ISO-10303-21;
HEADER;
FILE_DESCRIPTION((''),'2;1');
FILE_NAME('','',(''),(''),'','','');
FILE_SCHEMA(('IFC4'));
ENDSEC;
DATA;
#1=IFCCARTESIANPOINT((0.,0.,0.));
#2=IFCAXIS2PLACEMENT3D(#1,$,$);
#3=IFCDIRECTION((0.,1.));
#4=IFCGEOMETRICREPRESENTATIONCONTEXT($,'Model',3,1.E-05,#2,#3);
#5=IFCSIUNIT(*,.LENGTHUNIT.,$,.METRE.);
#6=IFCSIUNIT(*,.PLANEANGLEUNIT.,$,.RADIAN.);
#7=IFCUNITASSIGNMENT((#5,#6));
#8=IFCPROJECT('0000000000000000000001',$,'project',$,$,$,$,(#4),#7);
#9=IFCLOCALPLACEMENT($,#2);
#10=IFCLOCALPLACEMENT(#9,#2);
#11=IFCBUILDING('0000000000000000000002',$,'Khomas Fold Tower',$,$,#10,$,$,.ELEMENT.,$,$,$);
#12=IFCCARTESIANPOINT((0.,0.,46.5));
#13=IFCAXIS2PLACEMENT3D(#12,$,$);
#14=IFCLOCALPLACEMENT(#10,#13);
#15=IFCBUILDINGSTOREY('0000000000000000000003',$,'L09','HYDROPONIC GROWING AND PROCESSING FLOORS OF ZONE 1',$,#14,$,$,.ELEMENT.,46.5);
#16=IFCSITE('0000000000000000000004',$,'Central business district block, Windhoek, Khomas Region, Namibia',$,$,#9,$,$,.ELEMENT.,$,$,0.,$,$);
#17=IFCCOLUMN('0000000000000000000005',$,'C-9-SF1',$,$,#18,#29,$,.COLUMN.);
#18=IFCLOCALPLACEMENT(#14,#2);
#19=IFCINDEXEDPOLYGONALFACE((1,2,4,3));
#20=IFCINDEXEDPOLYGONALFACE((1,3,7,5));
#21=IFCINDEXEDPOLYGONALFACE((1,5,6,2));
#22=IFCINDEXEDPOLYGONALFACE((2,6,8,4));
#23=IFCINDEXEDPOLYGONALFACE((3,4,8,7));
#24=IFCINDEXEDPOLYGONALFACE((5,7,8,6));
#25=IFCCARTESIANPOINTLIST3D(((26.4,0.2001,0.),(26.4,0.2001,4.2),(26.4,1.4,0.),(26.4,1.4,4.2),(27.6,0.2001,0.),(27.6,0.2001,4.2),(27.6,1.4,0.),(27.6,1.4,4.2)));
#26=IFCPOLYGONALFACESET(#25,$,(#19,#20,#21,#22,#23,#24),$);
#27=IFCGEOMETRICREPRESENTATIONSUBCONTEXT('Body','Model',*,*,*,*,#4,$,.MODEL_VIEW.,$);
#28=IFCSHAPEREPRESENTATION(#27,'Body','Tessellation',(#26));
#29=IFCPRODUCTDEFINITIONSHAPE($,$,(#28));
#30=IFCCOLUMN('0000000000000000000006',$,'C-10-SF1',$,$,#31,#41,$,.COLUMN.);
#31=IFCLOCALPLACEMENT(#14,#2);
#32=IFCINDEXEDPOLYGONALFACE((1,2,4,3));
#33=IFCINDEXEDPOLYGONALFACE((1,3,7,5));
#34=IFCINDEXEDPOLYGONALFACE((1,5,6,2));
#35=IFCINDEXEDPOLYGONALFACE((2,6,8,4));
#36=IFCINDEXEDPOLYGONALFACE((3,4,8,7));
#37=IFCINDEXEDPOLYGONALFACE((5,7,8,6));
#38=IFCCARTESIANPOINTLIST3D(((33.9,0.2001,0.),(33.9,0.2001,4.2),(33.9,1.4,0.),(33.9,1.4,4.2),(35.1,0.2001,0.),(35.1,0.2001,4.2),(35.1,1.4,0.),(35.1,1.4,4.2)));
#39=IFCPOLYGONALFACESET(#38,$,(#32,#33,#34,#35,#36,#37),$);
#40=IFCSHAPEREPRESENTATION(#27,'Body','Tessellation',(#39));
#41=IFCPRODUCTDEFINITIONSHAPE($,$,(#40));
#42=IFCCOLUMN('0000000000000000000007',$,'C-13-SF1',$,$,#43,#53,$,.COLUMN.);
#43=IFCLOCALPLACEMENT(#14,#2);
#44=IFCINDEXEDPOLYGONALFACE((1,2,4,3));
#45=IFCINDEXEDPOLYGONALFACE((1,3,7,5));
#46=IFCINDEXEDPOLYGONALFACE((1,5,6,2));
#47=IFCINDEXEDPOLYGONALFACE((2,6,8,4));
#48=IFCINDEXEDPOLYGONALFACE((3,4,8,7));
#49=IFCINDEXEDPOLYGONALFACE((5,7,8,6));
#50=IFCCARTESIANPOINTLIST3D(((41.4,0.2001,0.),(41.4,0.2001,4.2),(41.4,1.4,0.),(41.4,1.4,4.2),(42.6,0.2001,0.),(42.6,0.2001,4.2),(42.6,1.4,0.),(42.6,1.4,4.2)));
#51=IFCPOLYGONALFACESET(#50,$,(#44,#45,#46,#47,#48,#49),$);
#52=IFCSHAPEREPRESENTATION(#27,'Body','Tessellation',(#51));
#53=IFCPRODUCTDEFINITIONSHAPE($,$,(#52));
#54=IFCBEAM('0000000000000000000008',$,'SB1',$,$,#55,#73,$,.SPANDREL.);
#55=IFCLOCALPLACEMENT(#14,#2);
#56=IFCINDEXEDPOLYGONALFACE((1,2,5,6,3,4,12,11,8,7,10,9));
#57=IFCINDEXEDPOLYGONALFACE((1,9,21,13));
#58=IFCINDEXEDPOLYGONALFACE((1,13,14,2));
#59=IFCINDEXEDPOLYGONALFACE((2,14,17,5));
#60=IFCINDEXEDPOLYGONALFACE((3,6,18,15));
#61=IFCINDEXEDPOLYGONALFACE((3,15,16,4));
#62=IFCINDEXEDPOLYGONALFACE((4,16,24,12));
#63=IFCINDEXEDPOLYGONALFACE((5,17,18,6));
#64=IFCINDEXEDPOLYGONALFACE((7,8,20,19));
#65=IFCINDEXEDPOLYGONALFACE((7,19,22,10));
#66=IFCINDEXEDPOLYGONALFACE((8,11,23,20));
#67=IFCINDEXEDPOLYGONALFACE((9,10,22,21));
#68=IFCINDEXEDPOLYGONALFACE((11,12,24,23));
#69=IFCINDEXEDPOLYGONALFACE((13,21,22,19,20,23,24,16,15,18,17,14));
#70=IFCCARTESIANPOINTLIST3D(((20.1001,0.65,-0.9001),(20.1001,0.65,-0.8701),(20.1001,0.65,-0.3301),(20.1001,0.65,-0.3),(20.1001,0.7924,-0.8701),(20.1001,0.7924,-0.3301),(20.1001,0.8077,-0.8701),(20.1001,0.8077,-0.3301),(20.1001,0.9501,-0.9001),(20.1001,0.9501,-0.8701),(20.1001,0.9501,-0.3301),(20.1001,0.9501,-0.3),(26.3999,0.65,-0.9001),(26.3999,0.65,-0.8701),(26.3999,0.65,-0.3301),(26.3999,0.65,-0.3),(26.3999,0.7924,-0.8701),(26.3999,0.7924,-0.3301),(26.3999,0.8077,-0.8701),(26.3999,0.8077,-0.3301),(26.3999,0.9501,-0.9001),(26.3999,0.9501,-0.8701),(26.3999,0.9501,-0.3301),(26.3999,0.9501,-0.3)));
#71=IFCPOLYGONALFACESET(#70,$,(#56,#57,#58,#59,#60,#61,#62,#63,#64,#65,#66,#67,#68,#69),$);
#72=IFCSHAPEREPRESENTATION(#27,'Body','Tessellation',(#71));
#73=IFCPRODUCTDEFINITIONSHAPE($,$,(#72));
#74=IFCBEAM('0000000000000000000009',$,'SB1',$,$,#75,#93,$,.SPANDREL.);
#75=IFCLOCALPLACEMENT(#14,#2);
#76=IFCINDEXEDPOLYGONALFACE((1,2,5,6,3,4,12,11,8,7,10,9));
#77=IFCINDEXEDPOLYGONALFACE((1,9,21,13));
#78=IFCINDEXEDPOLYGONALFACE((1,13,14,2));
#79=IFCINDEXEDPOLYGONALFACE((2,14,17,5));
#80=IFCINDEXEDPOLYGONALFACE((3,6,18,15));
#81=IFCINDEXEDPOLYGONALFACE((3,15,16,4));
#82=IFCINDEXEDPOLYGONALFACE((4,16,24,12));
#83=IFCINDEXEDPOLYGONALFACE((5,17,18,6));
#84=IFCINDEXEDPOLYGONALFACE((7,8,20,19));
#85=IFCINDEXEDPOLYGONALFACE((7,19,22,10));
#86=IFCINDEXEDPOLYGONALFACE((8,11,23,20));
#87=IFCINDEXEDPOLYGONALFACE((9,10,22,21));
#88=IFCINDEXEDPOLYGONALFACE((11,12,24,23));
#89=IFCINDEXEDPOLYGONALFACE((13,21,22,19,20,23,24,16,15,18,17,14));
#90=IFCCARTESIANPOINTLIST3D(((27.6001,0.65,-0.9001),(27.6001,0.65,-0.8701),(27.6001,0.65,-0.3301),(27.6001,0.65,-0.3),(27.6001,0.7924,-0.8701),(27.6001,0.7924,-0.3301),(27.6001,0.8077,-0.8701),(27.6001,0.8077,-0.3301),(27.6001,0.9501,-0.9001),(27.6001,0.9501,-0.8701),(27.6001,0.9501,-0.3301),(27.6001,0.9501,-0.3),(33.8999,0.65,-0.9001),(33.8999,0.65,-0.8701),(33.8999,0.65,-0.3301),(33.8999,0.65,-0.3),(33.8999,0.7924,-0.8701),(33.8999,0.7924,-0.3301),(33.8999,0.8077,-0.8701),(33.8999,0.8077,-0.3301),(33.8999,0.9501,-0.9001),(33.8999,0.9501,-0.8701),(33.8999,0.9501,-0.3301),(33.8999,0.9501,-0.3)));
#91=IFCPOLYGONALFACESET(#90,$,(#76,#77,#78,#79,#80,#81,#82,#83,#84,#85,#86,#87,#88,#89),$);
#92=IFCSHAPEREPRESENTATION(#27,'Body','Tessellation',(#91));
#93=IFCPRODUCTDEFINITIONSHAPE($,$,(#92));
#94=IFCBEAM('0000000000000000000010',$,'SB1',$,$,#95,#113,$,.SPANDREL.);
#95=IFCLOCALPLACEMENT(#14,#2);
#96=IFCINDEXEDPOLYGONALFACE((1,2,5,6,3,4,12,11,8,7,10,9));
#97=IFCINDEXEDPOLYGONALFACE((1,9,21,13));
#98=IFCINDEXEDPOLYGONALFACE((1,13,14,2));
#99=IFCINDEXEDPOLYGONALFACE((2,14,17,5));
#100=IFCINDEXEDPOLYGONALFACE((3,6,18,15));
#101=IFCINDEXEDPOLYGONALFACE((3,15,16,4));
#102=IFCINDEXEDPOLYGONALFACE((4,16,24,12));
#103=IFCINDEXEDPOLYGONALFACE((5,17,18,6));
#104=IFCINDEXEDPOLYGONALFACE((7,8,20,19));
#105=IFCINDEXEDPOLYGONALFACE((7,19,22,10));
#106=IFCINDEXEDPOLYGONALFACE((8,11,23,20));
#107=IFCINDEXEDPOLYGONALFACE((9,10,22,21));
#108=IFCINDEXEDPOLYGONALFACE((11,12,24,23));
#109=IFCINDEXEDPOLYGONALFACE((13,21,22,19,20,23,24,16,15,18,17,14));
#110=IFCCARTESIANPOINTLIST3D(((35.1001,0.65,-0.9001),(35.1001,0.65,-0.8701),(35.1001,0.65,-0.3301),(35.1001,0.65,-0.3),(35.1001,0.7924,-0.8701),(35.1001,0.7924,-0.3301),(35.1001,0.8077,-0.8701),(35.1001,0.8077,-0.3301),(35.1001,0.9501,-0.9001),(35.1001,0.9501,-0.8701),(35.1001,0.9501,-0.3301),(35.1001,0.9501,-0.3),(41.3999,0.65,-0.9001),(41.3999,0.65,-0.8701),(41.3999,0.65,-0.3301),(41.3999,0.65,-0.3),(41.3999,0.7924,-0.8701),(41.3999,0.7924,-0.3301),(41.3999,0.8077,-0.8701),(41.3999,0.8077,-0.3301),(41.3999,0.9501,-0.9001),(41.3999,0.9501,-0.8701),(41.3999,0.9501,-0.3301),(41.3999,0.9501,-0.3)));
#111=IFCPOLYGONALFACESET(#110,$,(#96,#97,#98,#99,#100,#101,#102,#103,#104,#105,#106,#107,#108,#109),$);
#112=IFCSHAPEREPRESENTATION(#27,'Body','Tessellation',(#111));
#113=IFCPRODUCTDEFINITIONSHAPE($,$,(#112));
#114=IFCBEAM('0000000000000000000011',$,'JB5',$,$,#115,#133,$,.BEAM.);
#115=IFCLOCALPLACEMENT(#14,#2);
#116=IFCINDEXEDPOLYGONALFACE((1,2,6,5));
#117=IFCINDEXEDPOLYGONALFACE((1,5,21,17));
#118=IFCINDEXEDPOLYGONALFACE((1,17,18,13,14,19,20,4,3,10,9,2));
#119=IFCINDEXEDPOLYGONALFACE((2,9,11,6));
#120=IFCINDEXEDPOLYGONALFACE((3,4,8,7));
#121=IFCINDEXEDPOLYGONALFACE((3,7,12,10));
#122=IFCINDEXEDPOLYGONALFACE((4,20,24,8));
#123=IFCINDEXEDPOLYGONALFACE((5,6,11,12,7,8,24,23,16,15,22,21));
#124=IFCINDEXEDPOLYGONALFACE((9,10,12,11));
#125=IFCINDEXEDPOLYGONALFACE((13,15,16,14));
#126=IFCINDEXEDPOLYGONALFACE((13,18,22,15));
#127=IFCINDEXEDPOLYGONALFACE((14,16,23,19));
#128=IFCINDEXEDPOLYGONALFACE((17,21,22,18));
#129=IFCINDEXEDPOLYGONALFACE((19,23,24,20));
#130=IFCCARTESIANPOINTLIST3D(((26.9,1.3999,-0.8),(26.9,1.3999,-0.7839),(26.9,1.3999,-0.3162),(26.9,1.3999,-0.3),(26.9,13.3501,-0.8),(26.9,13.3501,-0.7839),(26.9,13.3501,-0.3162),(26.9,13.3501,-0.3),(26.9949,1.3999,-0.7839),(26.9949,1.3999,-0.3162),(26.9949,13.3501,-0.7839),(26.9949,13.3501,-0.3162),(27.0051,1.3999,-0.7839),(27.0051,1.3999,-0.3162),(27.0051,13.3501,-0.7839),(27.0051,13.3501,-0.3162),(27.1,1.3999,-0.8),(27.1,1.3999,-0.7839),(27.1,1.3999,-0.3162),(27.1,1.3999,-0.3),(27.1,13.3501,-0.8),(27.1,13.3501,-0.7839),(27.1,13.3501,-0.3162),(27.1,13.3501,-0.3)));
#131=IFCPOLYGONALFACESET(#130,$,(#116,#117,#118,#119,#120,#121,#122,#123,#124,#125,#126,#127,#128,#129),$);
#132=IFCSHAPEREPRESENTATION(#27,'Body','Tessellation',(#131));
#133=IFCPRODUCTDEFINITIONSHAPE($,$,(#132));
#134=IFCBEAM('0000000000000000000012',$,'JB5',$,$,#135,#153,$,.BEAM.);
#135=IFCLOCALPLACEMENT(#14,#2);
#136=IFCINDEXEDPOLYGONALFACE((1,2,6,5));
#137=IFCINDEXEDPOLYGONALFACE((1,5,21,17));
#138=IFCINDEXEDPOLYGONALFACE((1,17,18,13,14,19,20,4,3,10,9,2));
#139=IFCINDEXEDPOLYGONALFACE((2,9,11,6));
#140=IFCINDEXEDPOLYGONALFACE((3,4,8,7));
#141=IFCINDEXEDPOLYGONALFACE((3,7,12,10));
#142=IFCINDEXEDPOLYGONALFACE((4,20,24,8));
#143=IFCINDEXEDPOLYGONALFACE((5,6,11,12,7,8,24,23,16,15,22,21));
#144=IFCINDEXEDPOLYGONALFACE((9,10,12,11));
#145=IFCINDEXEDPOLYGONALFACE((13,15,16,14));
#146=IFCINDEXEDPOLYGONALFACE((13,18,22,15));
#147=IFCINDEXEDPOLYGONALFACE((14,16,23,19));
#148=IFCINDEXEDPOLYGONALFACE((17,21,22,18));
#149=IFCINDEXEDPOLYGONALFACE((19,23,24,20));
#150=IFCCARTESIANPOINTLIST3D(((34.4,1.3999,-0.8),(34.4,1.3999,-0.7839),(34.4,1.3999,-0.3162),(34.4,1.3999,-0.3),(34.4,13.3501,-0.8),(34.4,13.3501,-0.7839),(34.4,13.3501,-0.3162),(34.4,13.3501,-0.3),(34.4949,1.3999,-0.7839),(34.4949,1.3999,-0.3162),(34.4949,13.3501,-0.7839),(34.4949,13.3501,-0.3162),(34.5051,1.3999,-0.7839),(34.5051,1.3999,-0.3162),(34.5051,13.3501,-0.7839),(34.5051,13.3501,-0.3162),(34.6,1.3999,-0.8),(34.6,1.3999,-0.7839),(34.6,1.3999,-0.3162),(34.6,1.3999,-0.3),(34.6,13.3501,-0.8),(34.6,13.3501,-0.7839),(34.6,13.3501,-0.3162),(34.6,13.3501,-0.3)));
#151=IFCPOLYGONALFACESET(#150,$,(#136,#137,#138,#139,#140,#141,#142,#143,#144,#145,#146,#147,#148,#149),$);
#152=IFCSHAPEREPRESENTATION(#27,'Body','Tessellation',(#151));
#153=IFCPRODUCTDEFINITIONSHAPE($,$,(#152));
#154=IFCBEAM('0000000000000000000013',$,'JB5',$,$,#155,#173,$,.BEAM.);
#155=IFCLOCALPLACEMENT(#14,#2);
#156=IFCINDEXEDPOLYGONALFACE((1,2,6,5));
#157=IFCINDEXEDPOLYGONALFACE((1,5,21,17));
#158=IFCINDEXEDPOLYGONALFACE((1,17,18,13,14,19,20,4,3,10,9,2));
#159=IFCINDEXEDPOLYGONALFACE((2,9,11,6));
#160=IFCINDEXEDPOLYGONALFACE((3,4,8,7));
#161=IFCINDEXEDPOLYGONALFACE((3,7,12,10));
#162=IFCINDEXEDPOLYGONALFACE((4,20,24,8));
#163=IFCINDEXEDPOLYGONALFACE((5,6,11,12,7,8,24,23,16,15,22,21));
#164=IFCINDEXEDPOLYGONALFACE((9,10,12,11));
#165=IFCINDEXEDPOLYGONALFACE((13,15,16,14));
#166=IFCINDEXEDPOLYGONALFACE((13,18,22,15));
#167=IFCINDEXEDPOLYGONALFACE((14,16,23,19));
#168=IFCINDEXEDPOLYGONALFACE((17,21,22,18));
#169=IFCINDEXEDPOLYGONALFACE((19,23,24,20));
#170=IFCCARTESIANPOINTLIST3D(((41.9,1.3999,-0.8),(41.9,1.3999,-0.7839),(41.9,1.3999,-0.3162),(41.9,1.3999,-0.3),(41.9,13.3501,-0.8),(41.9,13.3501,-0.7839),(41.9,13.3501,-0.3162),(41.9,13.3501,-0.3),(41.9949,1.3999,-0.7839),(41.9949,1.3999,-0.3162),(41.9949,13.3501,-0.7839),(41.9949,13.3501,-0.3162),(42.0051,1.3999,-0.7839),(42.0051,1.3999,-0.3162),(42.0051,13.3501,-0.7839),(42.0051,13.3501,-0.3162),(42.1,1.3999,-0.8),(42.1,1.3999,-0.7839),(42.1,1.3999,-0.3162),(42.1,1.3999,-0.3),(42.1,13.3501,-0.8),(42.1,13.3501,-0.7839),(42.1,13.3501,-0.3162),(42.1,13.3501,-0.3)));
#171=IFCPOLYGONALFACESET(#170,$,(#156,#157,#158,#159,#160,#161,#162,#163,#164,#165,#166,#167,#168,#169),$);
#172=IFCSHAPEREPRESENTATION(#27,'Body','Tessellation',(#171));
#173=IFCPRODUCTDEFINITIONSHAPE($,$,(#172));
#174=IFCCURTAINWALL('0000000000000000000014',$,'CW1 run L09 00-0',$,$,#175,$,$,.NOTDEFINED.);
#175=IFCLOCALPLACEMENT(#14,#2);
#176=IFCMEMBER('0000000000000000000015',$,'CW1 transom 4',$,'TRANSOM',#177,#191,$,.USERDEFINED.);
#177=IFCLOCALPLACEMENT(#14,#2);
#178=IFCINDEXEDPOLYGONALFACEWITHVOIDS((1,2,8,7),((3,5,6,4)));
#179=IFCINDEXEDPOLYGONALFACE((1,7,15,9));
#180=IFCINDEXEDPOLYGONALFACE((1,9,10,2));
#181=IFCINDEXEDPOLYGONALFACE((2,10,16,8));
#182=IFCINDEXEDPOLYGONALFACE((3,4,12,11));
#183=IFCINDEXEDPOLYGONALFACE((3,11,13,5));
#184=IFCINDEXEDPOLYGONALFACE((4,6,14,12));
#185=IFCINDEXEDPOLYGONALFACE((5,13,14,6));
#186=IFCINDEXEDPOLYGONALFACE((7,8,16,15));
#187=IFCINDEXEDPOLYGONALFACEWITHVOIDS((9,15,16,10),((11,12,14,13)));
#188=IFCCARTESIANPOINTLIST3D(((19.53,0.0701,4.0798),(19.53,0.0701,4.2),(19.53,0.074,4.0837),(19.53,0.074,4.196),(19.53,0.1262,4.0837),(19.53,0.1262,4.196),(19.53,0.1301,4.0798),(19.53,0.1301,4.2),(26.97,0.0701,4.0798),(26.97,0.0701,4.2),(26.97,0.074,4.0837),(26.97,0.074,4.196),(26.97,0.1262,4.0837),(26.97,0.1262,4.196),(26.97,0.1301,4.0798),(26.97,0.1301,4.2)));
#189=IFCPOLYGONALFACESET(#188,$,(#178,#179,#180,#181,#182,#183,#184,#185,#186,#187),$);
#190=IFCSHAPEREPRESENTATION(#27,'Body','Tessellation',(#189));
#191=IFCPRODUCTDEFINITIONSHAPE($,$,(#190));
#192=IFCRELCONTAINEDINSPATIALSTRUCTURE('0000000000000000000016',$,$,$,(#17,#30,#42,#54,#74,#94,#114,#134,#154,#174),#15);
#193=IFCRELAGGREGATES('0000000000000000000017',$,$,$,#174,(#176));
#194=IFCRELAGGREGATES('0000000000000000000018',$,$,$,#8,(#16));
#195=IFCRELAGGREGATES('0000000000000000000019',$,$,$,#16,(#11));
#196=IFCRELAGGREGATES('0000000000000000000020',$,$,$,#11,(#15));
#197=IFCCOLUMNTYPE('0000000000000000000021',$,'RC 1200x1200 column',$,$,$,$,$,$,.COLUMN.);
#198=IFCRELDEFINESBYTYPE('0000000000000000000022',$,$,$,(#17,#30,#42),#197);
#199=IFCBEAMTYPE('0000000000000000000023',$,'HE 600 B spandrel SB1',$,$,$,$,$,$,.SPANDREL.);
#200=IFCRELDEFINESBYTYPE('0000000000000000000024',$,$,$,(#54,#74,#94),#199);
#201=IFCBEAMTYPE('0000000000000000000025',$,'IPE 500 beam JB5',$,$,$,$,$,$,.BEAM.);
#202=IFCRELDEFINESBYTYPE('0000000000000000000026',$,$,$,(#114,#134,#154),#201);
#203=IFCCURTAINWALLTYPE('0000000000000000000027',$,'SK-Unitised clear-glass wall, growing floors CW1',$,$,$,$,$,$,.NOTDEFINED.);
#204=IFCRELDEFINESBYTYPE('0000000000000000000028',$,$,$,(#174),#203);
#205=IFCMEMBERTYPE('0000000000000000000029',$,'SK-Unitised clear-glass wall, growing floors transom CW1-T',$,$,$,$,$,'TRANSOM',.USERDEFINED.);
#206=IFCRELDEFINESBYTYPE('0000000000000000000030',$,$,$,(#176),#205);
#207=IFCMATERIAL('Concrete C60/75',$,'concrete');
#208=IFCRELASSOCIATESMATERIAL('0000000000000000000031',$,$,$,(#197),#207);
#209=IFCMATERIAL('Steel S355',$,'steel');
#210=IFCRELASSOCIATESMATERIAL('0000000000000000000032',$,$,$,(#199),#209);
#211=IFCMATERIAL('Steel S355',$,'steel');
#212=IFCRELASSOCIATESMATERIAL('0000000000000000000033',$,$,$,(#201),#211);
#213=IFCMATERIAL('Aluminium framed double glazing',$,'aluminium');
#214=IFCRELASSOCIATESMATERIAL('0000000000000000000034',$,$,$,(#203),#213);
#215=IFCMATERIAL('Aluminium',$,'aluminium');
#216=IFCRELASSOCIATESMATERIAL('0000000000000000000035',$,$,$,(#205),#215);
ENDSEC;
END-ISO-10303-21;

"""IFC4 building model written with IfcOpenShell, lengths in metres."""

from ifc_helpers import new_model, si_unit, direction, frame, origin, origin_2d, place, context, subcontext, project, spatial, rectangle, hollow_rectangle, i_section, extrude, source, transform, mapped, material, material_profile, profile_set, type_object, element, aggregate, save


model = new_model("IFC4")

# Units and contexts
model_context = context("Model", 3, precision=1e-05, world=origin(), true_north=direction((0.0, 1.0)))
body_context = subcontext(model_context, "Body", "Model", "MODEL_VIEW")
ifc_project = project(units=[si_unit("LENGTHUNIT", "METRE"), si_unit("PLANEANGLEUNIT", "RADIAN")], contexts=[model_context])

# Site, building, storey
site_placement = place(None, origin())
site = spatial("IfcSite", under=ifc_project, at=site_placement, Name="Central business district block, Windhoek, Khomas Region, Namibia", CompositionType="ELEMENT", RefElevation=0.0)
building_placement = place(site_placement, origin())
building = spatial("IfcBuilding", under=site, at=building_placement, Name="Khomas Fold Tower", CompositionType="ELEMENT")
storey_placement = place(building_placement, frame((0.0, 0.0, 46.5)))
storey = spatial("IfcBuildingStorey", under=building, at=storey_placement, Name="L09", Description="HYDROPONIC GROWING AND PROCESSING FLOORS OF ZONE 1", CompositionType="ELEMENT", Elevation=46.5)

# Columns
ifc_material_1 = material(Name="Concrete C60/75", Category="concrete")
ifc_material_profile_1 = material_profile(ifc_material_1, rectangle(XDim=1.2, YDim=1.2, at=origin_2d()), Name="RC 1200x1200")
ifc_profile_set_1 = profile_set([ifc_material_profile_1], Name="Concrete C60/75")
column_type = type_object("IfcColumnType", Name="RC 1200x1200 column", PredefinedType="COLUMN", material=ifc_profile_set_1)
shared_shape_1 = source(origin(), body_context, "Body", "SweptSolid", [
    extrude(rectangle(XDim=1.2, YDim=1.2, at=origin_2d()), origin(), (0.0, 0.0, 1.0), 4.2),
])
for number, where, z_axis, x_axis, name in (
    (1, (27.0, 0.8, 0.0), (0.0, 0.0, 1.0), (1.0, 0.0, 0.0), "C-9-SF1"),
    (2, (34.5, 0.8, 0.0), (0.0, 0.0, 1.0), (1.0, 0.0, 0.0), "C-10-SF1"),
    (3, (42.0, 0.8, 0.0), (0.0, 0.0, 1.0), (1.0, 0.0, 0.0), "C-13-SF1"),
):
    element("IfcColumn", number, at=place(storey_placement, frame(where, z_axis=z_axis, x_axis=x_axis)), inside=storey, type_object=column_type, Name=name, PredefinedType="COLUMN", context=body_context, shape_type="MappedRepresentation", body=[
        mapped(shared_shape_1, transform((0.0, 0.0, 0.0))),
    ])

# Beams
ifc_material_2 = material(Name="Steel S355", Category="steel")
ifc_material_profile_2 = material_profile(ifc_material_2, i_section(OverallWidth=0.3, OverallDepth=0.6001, WebThickness=0.0154, FlangeThickness=0.03, at=origin_2d()), Name="HE 600 B")
ifc_profile_set_2 = profile_set([ifc_material_profile_2], Name="Steel S355")
beam_type_1 = type_object("IfcBeamType", Name="HE 600 B spandrel SB1", PredefinedType="SPANDREL", material=ifc_profile_set_2)
shared_shape_2 = source(origin(), body_context, "Body", "SweptSolid", [
    extrude(i_section(OverallWidth=0.3, OverallDepth=0.6001, WebThickness=0.0154, FlangeThickness=0.03, at=origin_2d()), origin(), (0.0, 0.0, 1.0), 6.2998),
])
for number, where, z_axis, x_axis, name in (
    (4, (20.1001, 0.8, -0.6001), (1.0, 0.0, 0.0), (0.0, 1.0, 0.0), "SB1"),
    (5, (27.6001, 0.8, -0.6001), (1.0, 0.0, 0.0), (0.0, 1.0, 0.0), "SB1"),
    (6, (35.1001, 0.8, -0.6001), (1.0, 0.0, 0.0), (0.0, 1.0, 0.0), "SB1"),
):
    element("IfcBeam", number, at=place(storey_placement, frame(where, z_axis=z_axis, x_axis=x_axis)), inside=storey, type_object=beam_type_1, Name=name, PredefinedType="SPANDREL", context=body_context, shape_type="MappedRepresentation", body=[
        mapped(shared_shape_2, transform((0.0, 0.0, 0.0))),
    ])
ifc_material_3 = material(Name="Steel S355", Category="steel")
ifc_material_profile_3 = material_profile(ifc_material_3, i_section(OverallWidth=0.2, OverallDepth=0.5, WebThickness=0.0103, FlangeThickness=0.0161, at=origin_2d()), Name="IPE 500")
ifc_profile_set_3 = profile_set([ifc_material_profile_3], Name="Steel S355")
beam_type_2 = type_object("IfcBeamType", Name="IPE 500 beam JB5", PredefinedType="BEAM", material=ifc_profile_set_3)
shared_shape_3 = source(origin(), body_context, "Body", "SweptSolid", [
    extrude(i_section(OverallWidth=0.2, OverallDepth=0.5, WebThickness=0.0103, FlangeThickness=0.0161, at=origin_2d()), origin(), (0.0, 0.0, 1.0), 11.9502),
])
for number, where, z_axis, x_axis, name in (
    (7, (27.0, 1.3999, -0.55), (0.0, 1.0, 0.0), (-1.0, 0.0, 0.0), "JB5"),
    (8, (34.5, 1.3999, -0.55), (0.0, 1.0, 0.0), (-1.0, 0.0, 0.0), "JB5"),
    (9, (42.0, 1.3999, -0.55), (0.0, 1.0, 0.0), (-1.0, 0.0, 0.0), "JB5"),
):
    element("IfcBeam", number, at=place(storey_placement, frame(where, z_axis=z_axis, x_axis=x_axis)), inside=storey, type_object=beam_type_2, Name=name, PredefinedType="BEAM", context=body_context, shape_type="MappedRepresentation", body=[
        mapped(shared_shape_3, transform((0.0, 0.0, 0.0))),
    ])

# Curtain wall, member
ifc_material_4 = material(Name="Aluminium framed double glazing", Category="aluminium")
curtain_wall_type = type_object("IfcCurtainWallType", Name="SK-Unitised clear-glass wall, growing floors CW1", PredefinedType="NOTDEFINED", material=ifc_material_4)
curtain_wall_placement = place(storey_placement, origin())
curtain_wall = element("IfcCurtainWall", 10, at=curtain_wall_placement, inside=storey, type_object=curtain_wall_type, Name="CW1 run L09 00-0", PredefinedType="NOTDEFINED")
ifc_material_5 = material(Name="Aluminium", Category="aluminium")
ifc_material_profile_4 = material_profile(ifc_material_5, hollow_rectangle(XDim=0.0601, YDim=0.1201, WallThickness=0.0039, at=origin_2d()), Name="SK-Unitised clear-glass wall, growing floors transom CW1-T")
ifc_profile_set_4 = profile_set([ifc_material_profile_4], Name="Aluminium")
member_type_1 = type_object("IfcMemberType", Name="SK-Unitised clear-glass wall, growing floors transom CW1-T", ElementType="TRANSOM", PredefinedType="USERDEFINED", material=ifc_profile_set_4)
shared_shape_4 = source(origin(), body_context, "Body", "SweptSolid", [
    extrude(hollow_rectangle(XDim=0.0601, YDim=0.1201, WallThickness=0.0039, at=origin_2d()), origin(), (0.0, 0.0, 1.0), 7.4399),
])
member_1_placement = place(storey_placement, frame((19.53, 0.1001, 4.1399), z_axis=(1.0, 0.0, 0.0), x_axis=(0.0, 1.0, 0.0)))
member_1 = element("IfcMember", 11, at=member_1_placement, type_object=member_type_1, Name="CW1 transom 4", ObjectType="TRANSOM", PredefinedType="USERDEFINED", context=body_context, shape_type="MappedRepresentation", body=[
    mapped(shared_shape_4, transform((0.0, 0.0, 0.0))),
])

aggregate(curtain_wall, [member_1])

save(model, "model.ifc")
